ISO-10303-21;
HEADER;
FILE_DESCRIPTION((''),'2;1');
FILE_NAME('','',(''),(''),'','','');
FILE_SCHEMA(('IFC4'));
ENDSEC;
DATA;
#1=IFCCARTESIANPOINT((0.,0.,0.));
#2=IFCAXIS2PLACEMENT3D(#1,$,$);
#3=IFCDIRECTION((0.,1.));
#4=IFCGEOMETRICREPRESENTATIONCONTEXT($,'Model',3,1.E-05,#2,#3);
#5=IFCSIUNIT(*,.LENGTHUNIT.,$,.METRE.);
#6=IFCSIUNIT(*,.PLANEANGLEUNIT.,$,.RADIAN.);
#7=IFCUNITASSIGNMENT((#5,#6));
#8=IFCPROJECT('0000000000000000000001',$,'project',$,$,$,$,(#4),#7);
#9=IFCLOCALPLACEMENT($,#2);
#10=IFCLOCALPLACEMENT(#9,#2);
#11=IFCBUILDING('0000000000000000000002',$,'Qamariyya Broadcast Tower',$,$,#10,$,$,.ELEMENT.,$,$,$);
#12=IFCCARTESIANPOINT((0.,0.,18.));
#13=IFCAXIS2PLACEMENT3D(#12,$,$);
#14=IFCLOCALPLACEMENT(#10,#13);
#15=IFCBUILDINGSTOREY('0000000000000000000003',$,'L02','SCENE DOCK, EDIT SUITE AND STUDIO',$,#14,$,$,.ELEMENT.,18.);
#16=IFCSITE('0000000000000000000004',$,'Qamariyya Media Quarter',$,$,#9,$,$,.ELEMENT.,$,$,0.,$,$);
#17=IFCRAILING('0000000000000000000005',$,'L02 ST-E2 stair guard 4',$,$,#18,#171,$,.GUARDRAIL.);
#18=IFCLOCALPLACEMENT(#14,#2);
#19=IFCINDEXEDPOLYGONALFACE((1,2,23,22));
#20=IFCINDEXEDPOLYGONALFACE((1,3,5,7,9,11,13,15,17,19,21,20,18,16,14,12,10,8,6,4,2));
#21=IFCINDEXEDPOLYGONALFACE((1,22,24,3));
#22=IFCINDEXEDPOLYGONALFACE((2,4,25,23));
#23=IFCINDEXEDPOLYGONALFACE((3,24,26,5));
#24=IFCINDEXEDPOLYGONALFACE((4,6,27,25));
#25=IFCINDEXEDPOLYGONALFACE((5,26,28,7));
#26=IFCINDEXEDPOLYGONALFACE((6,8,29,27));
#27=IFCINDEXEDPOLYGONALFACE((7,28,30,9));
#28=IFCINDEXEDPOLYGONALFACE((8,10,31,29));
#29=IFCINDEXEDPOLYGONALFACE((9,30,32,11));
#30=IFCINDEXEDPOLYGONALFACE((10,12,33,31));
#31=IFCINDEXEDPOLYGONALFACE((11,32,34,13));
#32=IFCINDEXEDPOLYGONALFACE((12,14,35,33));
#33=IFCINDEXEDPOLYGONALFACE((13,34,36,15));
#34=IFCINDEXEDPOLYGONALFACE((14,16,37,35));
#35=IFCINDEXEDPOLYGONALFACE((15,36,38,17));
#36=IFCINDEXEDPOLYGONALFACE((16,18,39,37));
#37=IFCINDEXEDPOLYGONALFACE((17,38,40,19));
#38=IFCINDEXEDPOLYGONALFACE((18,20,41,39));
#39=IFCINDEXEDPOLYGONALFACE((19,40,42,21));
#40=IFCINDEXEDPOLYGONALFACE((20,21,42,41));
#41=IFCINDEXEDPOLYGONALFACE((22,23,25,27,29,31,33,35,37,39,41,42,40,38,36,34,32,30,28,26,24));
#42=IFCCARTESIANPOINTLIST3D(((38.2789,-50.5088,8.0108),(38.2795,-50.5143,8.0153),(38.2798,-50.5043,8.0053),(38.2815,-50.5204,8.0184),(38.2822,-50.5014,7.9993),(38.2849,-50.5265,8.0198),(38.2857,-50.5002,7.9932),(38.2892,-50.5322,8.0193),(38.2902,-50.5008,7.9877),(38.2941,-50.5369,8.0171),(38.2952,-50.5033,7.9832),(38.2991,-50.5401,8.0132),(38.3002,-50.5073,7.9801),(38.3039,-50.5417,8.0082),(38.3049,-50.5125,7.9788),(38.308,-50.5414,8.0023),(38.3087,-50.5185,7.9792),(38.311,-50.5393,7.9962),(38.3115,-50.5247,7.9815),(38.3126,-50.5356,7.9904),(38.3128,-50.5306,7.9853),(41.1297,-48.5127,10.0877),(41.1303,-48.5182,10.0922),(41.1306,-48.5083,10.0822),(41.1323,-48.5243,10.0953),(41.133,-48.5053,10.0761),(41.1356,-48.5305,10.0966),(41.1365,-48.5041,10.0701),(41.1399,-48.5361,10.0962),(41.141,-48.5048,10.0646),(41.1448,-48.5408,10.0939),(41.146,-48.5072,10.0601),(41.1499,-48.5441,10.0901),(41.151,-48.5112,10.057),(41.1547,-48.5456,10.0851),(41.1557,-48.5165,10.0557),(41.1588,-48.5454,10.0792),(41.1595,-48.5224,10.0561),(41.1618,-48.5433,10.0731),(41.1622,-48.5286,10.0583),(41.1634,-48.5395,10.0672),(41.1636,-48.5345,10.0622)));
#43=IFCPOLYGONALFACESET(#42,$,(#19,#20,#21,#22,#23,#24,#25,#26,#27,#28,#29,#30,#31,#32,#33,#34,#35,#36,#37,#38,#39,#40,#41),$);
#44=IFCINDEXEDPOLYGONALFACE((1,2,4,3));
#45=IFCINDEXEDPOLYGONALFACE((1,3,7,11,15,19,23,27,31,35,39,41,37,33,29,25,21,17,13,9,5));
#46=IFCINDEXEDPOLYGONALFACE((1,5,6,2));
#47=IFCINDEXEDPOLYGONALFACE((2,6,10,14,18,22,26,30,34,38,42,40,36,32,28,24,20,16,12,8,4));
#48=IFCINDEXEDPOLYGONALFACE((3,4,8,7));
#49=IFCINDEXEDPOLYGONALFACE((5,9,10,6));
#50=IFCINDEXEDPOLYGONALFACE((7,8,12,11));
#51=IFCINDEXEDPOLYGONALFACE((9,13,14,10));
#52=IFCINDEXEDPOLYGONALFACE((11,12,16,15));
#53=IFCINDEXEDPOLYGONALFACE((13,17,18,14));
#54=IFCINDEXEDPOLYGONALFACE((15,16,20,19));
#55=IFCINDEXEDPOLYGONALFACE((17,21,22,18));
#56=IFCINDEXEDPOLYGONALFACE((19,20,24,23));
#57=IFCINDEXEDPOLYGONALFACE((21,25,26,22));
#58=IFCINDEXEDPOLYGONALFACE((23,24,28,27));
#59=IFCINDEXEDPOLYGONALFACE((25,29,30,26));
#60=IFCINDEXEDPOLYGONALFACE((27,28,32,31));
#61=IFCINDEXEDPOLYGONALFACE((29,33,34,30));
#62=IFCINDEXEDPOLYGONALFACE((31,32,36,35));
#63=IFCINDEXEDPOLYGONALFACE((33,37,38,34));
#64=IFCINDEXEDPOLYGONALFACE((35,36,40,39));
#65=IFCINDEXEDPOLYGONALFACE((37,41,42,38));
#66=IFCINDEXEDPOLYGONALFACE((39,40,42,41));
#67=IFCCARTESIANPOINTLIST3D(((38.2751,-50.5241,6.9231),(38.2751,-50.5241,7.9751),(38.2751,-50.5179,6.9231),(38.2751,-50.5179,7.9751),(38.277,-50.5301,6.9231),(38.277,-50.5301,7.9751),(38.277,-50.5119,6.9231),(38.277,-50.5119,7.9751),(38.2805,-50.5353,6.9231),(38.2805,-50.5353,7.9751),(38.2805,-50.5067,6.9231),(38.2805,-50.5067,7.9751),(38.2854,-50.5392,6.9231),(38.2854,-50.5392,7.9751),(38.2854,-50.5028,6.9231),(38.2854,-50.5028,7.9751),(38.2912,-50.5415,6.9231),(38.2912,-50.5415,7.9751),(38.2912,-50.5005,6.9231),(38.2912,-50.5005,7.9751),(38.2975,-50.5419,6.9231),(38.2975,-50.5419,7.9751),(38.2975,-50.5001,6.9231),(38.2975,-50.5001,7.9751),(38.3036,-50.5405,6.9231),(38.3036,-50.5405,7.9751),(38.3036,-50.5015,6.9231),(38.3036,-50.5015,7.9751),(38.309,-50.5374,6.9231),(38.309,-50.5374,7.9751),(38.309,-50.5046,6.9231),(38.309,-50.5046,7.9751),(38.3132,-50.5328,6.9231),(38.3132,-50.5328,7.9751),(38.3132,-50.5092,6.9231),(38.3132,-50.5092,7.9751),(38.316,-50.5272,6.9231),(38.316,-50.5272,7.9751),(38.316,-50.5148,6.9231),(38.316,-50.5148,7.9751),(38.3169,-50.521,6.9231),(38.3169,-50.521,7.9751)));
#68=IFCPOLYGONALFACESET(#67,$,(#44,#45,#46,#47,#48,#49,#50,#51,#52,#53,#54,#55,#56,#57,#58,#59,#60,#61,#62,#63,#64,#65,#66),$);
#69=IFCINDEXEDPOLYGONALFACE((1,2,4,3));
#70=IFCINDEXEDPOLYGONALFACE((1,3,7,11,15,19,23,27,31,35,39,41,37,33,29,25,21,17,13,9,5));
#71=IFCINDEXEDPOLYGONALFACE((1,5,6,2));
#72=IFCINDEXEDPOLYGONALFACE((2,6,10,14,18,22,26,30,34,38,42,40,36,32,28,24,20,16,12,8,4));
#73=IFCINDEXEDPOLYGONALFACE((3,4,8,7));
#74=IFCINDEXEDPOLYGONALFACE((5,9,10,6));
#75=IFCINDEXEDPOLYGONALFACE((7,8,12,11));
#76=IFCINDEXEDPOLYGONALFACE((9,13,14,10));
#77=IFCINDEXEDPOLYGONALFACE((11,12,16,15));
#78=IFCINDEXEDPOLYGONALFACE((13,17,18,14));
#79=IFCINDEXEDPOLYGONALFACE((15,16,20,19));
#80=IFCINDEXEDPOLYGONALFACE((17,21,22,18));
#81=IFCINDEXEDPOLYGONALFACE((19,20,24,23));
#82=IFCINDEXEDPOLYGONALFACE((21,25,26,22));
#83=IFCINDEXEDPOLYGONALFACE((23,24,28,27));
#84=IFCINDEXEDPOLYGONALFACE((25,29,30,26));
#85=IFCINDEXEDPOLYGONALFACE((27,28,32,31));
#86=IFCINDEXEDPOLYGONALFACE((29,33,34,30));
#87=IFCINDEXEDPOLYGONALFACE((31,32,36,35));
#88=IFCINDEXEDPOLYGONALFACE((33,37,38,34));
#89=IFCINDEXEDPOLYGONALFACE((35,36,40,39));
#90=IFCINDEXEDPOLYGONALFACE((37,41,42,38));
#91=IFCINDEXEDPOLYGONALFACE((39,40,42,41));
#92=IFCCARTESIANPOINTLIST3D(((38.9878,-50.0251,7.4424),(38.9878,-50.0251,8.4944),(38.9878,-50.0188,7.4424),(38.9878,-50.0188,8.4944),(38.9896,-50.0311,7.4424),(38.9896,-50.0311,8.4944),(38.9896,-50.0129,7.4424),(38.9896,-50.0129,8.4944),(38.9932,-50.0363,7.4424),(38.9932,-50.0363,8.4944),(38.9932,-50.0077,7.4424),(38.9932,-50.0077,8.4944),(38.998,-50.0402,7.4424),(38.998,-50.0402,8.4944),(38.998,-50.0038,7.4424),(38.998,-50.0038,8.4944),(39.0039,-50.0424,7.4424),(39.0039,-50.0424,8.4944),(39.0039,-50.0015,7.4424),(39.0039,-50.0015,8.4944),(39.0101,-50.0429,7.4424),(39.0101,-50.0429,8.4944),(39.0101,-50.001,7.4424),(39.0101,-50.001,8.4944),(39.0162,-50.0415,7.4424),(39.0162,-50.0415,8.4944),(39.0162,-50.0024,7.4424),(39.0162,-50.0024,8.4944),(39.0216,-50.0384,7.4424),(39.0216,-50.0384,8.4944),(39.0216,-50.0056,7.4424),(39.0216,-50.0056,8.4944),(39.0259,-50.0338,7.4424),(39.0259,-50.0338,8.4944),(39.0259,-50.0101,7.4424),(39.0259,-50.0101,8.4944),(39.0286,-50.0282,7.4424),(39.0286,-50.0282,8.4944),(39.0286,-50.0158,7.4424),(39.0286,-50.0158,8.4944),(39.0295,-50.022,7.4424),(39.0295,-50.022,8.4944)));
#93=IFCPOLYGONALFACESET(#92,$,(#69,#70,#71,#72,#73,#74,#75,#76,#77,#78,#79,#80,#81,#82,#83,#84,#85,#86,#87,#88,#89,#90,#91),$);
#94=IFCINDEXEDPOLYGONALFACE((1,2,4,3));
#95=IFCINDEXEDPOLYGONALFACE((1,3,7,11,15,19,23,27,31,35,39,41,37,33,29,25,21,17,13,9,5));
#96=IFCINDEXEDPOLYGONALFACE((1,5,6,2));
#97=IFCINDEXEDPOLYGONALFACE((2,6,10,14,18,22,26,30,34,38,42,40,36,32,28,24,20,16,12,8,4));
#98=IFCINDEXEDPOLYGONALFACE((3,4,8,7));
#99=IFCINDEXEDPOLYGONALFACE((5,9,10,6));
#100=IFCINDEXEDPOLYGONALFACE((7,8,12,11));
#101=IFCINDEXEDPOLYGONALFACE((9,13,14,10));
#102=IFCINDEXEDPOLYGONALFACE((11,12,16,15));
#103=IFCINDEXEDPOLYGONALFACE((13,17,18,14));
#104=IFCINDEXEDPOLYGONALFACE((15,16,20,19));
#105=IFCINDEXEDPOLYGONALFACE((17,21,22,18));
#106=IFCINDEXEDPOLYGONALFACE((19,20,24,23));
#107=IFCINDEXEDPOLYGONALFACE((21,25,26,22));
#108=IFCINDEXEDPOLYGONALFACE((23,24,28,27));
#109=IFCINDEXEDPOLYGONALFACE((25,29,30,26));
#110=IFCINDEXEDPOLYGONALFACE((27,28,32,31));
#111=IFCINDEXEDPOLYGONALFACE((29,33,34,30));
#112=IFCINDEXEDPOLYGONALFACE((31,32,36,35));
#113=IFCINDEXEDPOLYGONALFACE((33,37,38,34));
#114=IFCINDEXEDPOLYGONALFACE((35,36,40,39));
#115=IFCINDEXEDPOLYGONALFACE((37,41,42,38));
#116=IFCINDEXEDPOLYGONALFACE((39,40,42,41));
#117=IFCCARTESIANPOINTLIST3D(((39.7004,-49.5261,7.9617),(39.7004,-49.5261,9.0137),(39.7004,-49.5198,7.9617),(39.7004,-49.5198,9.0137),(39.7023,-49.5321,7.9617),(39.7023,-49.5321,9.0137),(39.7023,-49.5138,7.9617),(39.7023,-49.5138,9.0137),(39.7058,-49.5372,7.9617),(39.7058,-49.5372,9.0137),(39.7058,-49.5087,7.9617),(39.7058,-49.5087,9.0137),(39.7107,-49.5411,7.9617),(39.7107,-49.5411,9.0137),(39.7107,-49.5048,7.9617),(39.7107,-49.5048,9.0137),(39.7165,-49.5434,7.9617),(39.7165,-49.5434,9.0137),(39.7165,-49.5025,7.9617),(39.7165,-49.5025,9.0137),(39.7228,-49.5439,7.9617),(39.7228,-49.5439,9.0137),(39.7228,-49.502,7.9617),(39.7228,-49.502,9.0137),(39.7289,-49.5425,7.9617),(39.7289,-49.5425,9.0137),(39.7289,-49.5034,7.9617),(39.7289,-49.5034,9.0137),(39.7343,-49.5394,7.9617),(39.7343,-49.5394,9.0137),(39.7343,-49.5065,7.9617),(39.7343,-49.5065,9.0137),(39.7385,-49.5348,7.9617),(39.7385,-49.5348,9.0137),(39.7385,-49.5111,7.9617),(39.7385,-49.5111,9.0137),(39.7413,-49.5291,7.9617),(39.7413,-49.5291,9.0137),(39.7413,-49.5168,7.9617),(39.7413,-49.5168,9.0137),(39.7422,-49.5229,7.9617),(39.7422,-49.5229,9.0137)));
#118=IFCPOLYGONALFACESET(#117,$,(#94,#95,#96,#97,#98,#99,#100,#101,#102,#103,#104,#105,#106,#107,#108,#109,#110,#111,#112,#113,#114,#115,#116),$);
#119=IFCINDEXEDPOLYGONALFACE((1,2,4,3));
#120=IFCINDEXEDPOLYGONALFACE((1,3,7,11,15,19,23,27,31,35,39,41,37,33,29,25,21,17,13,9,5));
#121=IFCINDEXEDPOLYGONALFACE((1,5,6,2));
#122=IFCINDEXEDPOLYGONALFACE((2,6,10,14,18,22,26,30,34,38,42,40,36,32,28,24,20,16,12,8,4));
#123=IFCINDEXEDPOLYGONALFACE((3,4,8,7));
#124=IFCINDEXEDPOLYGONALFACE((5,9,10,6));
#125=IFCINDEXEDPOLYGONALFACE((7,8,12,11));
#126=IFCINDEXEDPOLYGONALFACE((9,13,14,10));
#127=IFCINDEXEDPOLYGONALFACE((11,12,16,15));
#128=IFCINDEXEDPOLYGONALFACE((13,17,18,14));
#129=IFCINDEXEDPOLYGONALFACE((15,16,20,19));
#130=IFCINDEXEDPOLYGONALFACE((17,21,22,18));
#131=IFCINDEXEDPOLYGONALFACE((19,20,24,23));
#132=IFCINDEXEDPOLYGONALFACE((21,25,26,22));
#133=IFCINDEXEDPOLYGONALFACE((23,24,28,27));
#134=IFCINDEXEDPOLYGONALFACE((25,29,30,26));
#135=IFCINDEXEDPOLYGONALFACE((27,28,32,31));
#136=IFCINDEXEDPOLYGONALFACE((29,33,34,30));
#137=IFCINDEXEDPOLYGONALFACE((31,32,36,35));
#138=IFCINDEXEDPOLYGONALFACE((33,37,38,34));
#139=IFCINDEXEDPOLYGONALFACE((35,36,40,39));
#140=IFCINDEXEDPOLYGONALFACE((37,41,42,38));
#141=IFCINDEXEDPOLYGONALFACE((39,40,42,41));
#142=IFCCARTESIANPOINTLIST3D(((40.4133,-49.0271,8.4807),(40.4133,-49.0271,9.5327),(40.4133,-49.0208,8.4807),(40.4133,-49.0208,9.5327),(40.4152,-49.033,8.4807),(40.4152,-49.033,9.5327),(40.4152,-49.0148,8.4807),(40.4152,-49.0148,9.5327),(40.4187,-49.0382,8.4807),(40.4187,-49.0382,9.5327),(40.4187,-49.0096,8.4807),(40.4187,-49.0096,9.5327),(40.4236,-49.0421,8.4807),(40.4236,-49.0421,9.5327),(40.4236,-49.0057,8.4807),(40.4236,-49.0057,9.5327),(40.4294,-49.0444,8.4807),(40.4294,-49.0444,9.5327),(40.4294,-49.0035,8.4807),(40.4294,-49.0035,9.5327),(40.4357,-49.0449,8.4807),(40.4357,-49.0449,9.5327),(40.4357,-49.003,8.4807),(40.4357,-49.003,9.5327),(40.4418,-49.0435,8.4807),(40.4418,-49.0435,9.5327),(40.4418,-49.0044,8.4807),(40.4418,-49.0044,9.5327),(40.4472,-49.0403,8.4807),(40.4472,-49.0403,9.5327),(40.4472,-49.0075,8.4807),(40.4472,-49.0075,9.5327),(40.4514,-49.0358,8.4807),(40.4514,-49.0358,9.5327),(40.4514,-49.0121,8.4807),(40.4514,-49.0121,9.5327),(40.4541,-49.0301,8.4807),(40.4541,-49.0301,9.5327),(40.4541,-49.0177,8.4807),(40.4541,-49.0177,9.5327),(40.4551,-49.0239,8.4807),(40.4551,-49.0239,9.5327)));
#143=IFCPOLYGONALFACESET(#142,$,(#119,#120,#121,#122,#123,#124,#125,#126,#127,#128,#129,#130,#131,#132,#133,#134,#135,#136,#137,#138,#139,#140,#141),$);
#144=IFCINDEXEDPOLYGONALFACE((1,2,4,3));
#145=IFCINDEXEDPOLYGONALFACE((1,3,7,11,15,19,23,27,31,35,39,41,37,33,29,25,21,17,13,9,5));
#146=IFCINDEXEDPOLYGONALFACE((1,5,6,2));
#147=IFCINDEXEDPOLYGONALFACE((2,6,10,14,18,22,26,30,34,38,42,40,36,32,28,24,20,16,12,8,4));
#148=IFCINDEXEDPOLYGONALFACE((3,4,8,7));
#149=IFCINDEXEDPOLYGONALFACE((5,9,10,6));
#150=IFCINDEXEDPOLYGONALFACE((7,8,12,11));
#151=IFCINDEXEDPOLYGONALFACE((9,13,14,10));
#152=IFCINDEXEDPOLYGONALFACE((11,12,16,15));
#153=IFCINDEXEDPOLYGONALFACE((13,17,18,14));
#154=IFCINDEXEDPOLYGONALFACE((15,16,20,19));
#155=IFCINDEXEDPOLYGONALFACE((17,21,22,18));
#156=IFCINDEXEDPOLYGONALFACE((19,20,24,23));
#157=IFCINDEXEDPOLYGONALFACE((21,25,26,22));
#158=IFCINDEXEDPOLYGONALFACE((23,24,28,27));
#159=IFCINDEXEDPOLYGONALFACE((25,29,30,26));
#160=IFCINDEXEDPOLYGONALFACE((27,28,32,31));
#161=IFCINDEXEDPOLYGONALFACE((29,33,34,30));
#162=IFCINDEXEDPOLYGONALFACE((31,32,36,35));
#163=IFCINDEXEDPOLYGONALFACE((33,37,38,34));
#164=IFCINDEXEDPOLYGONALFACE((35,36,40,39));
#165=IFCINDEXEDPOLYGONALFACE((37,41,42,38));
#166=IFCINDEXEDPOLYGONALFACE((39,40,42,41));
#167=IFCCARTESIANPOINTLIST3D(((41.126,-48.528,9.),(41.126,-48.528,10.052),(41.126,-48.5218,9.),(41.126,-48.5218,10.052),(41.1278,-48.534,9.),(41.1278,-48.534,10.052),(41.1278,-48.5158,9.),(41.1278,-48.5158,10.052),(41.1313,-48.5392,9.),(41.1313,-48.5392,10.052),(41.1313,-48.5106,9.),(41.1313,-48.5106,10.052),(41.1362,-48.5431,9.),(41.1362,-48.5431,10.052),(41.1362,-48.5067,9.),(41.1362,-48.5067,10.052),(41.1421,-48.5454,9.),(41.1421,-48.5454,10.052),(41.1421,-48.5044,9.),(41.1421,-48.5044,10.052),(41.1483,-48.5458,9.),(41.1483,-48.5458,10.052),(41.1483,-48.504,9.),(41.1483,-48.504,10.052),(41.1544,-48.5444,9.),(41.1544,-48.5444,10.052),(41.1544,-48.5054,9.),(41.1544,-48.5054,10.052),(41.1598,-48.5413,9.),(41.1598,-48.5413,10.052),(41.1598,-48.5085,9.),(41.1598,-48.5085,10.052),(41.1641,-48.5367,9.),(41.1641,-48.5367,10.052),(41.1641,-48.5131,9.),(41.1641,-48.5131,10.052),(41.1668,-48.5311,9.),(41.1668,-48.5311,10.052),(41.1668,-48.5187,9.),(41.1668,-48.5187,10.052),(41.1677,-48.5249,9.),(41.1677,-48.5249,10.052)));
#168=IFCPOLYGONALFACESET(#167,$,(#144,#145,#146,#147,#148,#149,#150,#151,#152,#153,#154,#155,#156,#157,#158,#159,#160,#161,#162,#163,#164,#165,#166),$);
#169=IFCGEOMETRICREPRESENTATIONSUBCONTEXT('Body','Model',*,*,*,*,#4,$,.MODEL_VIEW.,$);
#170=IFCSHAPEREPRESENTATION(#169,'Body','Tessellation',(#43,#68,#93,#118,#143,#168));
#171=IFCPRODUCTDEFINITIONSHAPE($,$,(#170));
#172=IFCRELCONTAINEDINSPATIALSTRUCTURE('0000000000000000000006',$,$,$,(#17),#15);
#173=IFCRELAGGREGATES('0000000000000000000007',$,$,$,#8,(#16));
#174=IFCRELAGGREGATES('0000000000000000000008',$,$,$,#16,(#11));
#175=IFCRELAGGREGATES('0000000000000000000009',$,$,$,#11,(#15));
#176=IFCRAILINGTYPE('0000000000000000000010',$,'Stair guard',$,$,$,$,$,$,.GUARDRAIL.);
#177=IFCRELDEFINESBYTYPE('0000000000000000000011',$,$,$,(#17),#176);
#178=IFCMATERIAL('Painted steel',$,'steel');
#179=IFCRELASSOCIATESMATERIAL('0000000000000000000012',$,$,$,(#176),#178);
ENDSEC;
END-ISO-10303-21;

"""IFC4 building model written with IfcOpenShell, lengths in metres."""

from ifc_helpers import new_model, si_unit, direction, frame, origin, origin_2d, place, context, subcontext, project, spatial, circle, extrude, material, type_object, element, save


model = new_model("IFC4")

# Units and contexts
model_context = context("Model", 3, precision=1e-05, world=origin(), true_north=direction((0.0, 1.0)))
body_context = subcontext(model_context, "Body", "Model", "MODEL_VIEW")
ifc_project = project(units=[si_unit("LENGTHUNIT", "METRE"), si_unit("PLANEANGLEUNIT", "RADIAN")], contexts=[model_context])

# Site, building, storey
site_placement = place(None, origin())
site = spatial("IfcSite", under=ifc_project, at=site_placement, Name="Qamariyya Media Quarter", CompositionType="ELEMENT", RefElevation=0.0)
building_placement = place(site_placement, origin())
building = spatial("IfcBuilding", under=site, at=building_placement, Name="Qamariyya Broadcast Tower", CompositionType="ELEMENT")
storey_placement = place(building_placement, frame((0.0, 0.0, 18.0)))
storey = spatial("IfcBuildingStorey", under=building, at=storey_placement, Name="L02", Description="SCENE DOCK, EDIT SUITE AND STUDIO", CompositionType="ELEMENT", Elevation=18.0)

# Railing
ifc_material_1 = material(Name="Painted steel", Category="steel")
railing_type_1 = type_object("IfcRailingType", Name="Stair guard", PredefinedType="GUARDRAIL", material=ifc_material_1)
railing_1_placement = place(storey_placement, frame((38.2959, -50.521, 6.9231)))
element("IfcRailing", 1, at=railing_1_placement, inside=storey, type_object=railing_type_1, Name="L02 ST-E2 stair guard 4", PredefinedType="GUARDRAIL", context=body_context, shape_type="SweptSolid", body=[
    extrude(circle(Radius=0.0239, at=origin_2d()), frame((0.0, 0.0, 1.0762), z_axis=(0.703423, 0.492523, 0.512462), x_axis=(-0.573561, 0.819163, 0.0)), (0.0, 0.0, 1.0), 4.0527),
    extrude(circle(Radius=0.021, at=origin_2d()), origin(), (0.0, 0.0, 1.0), 1.052),
    extrude(circle(Radius=0.021, at=origin_2d()), frame((0.7126, 0.499, 0.5193)), (0.0, 0.0, 1.0), 1.052),
    extrude(circle(Radius=0.021, at=origin_2d()), frame((1.4253, 0.998, 1.0386)), (0.0, 0.0, 1.0), 1.052),
    extrude(circle(Radius=0.021, at=origin_2d()), frame((2.1382, 1.4971, 1.5576)), (0.0, 0.0, 1.0), 1.052),
    extrude(circle(Radius=0.021, at=origin_2d()), frame((2.8508, 1.9961, 2.0769)), (0.0, 0.0, 1.0), 1.052),
])

save(model, "model.ifc")
